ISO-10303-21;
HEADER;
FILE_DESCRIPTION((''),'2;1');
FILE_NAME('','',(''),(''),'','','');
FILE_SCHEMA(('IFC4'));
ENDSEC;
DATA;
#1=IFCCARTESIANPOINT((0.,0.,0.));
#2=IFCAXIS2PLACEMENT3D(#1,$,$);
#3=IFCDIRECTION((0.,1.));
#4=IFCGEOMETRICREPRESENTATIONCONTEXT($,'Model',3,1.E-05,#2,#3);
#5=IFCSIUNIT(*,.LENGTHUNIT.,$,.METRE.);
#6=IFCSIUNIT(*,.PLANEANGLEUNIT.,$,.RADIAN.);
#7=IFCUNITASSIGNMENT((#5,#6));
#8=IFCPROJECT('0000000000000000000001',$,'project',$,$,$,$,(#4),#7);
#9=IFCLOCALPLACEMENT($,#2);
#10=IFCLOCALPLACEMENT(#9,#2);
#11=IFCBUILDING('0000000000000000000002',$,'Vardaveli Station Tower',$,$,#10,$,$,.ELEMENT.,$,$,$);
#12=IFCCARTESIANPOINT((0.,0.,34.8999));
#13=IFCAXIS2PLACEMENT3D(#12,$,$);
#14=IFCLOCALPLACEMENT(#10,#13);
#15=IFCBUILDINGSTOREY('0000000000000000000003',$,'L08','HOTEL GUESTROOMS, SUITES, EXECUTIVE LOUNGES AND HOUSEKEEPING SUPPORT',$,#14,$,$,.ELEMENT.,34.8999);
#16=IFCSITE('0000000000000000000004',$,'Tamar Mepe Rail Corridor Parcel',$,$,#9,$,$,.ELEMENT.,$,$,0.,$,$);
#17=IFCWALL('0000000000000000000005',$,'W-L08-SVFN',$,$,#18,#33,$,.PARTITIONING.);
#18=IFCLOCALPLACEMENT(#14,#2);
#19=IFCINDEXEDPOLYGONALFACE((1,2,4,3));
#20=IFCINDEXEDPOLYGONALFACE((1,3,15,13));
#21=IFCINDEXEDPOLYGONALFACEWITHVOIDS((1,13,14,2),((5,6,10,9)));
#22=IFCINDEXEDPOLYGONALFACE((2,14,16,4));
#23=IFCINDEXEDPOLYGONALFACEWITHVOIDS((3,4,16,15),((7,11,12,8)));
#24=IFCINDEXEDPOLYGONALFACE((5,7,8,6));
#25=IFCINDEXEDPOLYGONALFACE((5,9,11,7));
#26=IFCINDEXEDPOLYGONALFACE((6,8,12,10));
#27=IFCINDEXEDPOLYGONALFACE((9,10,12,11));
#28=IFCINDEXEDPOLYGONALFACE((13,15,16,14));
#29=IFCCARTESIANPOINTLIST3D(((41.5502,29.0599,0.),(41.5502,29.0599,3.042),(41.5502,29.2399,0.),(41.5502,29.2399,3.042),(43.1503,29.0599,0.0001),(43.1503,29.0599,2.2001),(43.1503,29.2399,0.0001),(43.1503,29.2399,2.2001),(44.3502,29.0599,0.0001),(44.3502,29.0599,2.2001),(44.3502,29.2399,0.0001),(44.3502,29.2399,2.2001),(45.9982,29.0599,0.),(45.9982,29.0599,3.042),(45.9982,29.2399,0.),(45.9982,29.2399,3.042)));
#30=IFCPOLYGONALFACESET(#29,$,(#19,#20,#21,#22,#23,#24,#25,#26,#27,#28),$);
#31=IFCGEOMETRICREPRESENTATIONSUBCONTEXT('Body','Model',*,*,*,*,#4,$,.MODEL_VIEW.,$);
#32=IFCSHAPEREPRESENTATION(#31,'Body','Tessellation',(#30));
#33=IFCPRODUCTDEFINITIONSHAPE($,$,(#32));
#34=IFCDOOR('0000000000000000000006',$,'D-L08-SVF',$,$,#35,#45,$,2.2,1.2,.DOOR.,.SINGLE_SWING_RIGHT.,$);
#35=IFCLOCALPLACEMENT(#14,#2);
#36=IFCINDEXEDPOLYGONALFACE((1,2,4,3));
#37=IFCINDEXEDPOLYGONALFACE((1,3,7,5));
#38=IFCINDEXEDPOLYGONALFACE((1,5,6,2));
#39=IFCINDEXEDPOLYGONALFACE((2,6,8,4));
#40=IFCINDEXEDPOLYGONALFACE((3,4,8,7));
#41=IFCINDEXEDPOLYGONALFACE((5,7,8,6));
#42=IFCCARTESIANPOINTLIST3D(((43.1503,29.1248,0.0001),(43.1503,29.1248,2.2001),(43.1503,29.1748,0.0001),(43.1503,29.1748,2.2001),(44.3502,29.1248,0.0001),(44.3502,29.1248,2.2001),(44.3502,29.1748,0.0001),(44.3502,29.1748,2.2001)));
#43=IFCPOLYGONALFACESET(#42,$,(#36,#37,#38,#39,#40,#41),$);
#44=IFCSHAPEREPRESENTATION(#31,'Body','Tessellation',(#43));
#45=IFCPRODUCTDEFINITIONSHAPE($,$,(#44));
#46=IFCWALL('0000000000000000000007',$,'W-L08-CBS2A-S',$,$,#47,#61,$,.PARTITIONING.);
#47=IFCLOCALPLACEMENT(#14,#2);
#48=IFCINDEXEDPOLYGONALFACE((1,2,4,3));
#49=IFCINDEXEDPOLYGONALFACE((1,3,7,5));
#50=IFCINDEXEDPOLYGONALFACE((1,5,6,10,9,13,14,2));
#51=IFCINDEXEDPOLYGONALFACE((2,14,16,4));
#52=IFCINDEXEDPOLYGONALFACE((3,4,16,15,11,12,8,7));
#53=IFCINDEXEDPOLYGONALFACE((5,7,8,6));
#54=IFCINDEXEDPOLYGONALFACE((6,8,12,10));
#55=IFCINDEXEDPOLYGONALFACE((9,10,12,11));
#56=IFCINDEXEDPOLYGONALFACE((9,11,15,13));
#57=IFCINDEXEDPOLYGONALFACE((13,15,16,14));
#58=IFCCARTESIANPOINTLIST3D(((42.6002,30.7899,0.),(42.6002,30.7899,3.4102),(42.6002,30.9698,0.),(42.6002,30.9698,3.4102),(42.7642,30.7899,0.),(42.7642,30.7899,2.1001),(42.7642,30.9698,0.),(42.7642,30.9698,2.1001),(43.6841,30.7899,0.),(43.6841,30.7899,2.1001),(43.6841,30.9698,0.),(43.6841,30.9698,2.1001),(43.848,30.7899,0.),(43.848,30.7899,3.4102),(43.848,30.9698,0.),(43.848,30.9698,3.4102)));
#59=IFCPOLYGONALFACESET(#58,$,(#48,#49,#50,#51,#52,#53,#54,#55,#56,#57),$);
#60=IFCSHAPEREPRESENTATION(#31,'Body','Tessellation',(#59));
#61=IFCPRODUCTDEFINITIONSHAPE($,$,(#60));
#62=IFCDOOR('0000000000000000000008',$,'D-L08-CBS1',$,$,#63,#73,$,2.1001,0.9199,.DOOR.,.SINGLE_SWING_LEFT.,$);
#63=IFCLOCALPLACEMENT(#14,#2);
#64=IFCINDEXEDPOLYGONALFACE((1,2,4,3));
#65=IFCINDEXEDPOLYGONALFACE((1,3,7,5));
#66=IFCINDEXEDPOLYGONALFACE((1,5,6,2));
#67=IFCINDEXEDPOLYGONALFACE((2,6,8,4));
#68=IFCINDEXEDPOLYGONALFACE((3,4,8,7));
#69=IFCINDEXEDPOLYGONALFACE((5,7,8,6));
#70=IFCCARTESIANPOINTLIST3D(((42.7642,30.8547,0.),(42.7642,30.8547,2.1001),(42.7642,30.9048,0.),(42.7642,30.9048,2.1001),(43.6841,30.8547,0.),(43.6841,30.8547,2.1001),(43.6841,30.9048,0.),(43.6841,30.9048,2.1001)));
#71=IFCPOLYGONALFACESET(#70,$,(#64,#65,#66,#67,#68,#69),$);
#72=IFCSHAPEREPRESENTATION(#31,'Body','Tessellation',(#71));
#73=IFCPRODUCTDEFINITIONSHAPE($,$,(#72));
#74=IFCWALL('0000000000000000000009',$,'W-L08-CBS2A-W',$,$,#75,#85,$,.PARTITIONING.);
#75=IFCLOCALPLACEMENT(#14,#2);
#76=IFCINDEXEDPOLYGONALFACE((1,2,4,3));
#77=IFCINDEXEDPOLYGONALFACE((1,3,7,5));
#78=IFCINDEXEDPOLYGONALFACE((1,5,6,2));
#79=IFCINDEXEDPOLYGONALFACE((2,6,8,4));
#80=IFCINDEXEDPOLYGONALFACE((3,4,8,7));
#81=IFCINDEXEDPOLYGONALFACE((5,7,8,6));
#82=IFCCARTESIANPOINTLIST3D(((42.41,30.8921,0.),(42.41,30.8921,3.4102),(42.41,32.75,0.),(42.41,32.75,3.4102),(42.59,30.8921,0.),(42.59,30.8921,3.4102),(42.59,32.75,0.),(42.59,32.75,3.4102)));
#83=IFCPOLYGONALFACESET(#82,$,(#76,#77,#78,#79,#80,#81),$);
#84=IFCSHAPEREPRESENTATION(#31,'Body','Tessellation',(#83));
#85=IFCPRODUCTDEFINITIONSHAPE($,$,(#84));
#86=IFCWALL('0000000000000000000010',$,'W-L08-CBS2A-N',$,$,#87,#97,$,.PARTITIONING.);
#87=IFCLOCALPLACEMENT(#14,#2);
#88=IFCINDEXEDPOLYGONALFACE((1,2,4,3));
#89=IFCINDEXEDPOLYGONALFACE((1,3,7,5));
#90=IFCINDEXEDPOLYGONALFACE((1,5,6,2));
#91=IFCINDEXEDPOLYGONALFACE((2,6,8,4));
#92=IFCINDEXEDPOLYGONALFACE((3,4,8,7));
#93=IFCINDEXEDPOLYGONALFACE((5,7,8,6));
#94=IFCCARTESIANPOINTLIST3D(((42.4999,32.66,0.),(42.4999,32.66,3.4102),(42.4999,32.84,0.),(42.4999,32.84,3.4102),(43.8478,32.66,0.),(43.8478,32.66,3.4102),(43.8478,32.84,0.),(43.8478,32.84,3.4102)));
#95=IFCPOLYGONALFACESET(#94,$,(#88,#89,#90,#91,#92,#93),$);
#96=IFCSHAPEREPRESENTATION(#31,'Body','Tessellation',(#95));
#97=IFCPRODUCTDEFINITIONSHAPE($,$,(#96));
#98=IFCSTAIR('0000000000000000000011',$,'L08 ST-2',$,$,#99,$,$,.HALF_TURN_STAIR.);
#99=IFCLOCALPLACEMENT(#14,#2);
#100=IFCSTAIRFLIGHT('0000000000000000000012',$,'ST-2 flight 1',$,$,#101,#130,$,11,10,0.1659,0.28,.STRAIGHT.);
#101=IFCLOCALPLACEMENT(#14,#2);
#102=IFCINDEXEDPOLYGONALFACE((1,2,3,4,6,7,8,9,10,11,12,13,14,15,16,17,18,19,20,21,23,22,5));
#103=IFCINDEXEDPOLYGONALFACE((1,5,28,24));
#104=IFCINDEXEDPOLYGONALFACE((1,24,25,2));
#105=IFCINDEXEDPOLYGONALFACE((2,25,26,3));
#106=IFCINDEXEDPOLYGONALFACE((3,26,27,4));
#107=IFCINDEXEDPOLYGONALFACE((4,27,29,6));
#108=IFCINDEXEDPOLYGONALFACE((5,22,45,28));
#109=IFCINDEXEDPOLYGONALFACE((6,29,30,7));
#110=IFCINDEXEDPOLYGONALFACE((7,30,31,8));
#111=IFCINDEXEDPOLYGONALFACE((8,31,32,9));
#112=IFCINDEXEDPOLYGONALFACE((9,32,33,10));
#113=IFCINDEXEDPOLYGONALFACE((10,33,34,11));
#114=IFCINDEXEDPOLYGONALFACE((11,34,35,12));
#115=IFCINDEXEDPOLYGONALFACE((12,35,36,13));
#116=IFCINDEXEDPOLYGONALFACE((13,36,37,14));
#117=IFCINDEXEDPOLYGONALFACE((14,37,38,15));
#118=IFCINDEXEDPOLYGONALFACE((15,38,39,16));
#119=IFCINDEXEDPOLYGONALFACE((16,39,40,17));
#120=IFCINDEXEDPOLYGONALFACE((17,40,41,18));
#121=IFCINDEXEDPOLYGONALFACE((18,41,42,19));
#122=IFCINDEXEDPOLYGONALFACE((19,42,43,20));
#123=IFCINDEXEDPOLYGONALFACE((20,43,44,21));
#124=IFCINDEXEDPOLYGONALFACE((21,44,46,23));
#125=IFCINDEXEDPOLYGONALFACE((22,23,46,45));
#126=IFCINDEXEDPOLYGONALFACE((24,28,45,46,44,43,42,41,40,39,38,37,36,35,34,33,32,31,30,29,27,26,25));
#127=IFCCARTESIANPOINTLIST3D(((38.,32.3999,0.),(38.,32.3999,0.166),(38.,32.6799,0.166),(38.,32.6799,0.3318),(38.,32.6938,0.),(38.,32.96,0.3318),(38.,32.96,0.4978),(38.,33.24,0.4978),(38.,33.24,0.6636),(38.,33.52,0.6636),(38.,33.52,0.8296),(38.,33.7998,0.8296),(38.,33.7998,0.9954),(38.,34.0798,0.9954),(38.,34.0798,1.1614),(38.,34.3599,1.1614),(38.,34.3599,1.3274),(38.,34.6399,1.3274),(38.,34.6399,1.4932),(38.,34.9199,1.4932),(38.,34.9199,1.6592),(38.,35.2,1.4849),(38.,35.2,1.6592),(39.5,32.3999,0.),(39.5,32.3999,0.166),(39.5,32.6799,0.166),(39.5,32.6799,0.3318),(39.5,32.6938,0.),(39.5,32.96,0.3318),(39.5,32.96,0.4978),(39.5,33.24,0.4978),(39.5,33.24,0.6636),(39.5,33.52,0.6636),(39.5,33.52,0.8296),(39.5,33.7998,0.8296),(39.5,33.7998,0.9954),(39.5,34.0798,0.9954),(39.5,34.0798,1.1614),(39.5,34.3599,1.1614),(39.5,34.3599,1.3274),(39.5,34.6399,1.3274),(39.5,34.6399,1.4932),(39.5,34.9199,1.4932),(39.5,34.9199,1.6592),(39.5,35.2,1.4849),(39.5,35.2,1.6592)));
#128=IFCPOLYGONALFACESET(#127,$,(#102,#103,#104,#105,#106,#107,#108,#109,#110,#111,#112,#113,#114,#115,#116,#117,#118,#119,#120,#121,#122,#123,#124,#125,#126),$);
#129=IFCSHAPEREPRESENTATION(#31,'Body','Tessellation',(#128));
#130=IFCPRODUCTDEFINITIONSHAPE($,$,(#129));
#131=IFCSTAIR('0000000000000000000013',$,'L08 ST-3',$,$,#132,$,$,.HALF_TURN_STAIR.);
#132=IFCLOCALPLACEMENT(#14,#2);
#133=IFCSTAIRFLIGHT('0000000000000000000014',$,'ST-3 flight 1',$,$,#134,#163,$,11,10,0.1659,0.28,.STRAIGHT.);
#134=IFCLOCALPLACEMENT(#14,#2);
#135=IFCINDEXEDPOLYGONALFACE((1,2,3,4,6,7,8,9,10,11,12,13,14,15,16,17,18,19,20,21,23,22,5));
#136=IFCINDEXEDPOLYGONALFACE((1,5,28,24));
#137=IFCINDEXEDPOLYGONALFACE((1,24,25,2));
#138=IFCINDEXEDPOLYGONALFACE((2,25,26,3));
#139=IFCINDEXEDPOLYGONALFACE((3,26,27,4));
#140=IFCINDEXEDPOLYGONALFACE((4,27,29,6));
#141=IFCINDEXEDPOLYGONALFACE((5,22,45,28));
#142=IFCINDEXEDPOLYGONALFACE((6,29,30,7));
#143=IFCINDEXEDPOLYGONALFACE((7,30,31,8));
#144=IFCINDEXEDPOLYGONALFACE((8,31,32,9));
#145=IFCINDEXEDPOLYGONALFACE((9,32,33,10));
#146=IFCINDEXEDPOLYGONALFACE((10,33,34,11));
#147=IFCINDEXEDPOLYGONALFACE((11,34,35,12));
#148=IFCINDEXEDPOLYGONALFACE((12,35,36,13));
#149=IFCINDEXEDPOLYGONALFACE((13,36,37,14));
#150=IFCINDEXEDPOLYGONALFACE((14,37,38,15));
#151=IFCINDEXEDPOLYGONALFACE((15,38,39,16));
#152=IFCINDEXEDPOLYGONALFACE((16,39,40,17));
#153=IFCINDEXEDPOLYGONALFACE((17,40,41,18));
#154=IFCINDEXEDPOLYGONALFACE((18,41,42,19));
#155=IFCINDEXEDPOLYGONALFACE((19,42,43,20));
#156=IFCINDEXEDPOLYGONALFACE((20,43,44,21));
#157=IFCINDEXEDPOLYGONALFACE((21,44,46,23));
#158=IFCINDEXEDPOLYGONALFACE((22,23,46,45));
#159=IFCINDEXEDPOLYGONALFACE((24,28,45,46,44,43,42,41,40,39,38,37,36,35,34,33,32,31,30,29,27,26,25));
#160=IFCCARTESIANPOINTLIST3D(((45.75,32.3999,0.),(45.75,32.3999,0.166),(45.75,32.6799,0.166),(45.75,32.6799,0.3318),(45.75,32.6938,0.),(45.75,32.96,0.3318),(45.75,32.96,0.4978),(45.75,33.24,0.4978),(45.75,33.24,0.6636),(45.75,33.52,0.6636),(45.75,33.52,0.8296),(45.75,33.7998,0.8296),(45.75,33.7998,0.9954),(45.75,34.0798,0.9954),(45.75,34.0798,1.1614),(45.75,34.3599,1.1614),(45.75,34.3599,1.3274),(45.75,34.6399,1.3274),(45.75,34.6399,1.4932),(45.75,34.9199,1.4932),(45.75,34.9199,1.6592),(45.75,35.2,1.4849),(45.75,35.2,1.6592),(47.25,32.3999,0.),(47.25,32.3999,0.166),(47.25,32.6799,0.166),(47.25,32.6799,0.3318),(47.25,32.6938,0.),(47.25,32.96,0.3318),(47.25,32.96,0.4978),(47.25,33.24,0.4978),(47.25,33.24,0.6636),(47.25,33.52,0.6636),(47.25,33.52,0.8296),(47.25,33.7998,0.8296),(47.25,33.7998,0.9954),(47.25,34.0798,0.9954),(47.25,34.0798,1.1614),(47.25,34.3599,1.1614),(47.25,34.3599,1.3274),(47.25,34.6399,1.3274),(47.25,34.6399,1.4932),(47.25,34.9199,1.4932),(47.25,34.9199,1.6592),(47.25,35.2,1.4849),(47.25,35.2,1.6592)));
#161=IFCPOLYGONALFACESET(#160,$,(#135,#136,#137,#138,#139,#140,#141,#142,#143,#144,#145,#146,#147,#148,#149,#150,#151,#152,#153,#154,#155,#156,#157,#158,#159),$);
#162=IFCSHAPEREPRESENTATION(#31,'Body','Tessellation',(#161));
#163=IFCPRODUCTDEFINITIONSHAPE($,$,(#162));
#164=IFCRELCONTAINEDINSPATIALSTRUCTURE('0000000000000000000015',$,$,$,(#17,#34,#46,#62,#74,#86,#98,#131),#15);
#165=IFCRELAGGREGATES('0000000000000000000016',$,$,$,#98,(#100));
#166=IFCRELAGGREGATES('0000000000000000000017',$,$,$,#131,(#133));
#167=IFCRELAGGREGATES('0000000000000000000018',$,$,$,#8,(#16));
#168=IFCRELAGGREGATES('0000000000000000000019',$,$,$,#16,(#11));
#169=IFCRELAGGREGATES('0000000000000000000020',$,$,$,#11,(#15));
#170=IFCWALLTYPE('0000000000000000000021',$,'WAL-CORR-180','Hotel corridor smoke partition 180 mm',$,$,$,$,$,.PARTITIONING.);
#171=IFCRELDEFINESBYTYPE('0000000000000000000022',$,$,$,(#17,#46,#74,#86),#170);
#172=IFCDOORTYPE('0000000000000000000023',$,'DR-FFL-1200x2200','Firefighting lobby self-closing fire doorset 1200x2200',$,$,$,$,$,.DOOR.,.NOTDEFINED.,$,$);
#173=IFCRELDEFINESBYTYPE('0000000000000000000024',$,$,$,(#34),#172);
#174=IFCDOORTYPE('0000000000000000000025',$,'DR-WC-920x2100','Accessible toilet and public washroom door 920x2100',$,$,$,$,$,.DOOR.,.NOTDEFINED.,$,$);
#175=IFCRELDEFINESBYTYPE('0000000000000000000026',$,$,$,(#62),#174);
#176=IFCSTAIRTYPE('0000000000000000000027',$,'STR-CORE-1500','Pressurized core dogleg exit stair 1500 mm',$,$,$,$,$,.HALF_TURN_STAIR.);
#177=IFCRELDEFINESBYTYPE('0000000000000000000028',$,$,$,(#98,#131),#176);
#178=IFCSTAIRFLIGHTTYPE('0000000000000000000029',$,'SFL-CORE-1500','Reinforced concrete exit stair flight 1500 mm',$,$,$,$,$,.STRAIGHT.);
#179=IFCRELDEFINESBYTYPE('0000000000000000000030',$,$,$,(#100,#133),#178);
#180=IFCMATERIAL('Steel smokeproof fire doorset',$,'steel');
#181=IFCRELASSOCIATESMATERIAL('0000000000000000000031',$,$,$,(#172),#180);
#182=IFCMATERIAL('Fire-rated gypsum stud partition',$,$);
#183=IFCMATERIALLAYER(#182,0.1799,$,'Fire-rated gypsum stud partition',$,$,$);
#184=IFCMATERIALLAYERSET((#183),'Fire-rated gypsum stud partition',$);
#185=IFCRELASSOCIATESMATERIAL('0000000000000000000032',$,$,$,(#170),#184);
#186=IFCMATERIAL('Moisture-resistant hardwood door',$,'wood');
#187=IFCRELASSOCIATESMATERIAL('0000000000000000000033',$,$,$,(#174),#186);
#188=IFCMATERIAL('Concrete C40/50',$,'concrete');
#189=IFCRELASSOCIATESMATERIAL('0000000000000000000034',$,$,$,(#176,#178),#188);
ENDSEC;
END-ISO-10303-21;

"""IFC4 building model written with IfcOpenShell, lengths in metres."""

from ifc_helpers import new_model, si_unit, direction, frame, frame_2d, origin, place, context, subcontext, project, spatial, polyline, rectangle, outline, extrude, source, transform, mapped, material, layer, layer_set, type_object, element, fill, aggregate, save


model = new_model("IFC4")

# Units and contexts
model_context = context("Model", 3, precision=1e-05, world=origin(), true_north=direction((0.0, 1.0)))
body_context = subcontext(model_context, "Body", "Model", "MODEL_VIEW")
ifc_project = project(units=[si_unit("LENGTHUNIT", "METRE"), si_unit("PLANEANGLEUNIT", "RADIAN")], contexts=[model_context])

# Site, building, storey
site_placement = place(None, origin())
site = spatial("IfcSite", under=ifc_project, at=site_placement, Name="Tamar Mepe Rail Corridor Parcel", CompositionType="ELEMENT", RefElevation=0.0)
building_placement = place(site_placement, origin())
building = spatial("IfcBuilding", under=site, at=building_placement, Name="Vardaveli Station Tower", CompositionType="ELEMENT")
storey_placement = place(building_placement, frame((0.0, 0.0, 34.8999)))
storey = spatial("IfcBuildingStorey", under=building, at=storey_placement, Name="L08", Description="HOTEL GUESTROOMS, SUITES, EXECUTIVE LOUNGES AND HOUSEKEEPING SUPPORT", CompositionType="ELEMENT", Elevation=34.8999)

# Shared definitions
ifc_material_1 = material(Name="Concrete C40/50", Category="concrete")

# Walls, openings, doors
ifc_material_2 = material(Name="Steel smokeproof fire doorset", Category="steel")
door_type_1 = type_object("IfcDoorType", Name="DR-FFL-1200x2200", Description="Firefighting lobby self-closing fire doorset 1200x2200", OperationType="NOTDEFINED", PredefinedType="DOOR", material=ifc_material_2)
shared_shape_1 = source(origin(), body_context, "Body", "SweptSolid", [
    extrude(rectangle(XDim=1.2, YDim=2.2, at=frame_2d((0.6001, 1.1001))), frame((0.0, 0.0249, 0.0), z_axis=(0.0, -1.0, 0.0), x_axis=(1.0, 0.0, 0.0)), (0.0, 0.0, 1.0), 0.05),
])
ifc_material_3 = material(Name="Fire-rated gypsum stud partition")
ifc_layer_1 = layer(ifc_material_3, 0.1799, Name="Fire-rated gypsum stud partition")
ifc_layer_set_1 = layer_set([ifc_layer_1], Name="Fire-rated gypsum stud partition")
wall_type_1 = type_object("IfcWallType", Name="WAL-CORR-180", Description="Hotel corridor smoke partition 180 mm", PredefinedType="PARTITIONING", material=ifc_layer_set_1)
shared_shape_2 = source(origin(), body_context, "Body", "SweptSolid", [
    extrude(rectangle(XDim=4.448, YDim=0.1799, at=frame_2d((2.2241, 0.0))), origin(), (0.0, 0.0, 1.0), 3.042),
])
wall_1_placement = place(storey_placement, frame((41.55, 29.1499, 0.0), z_axis=(0.0, 0.0, 1.0), x_axis=(1.0, 0.0, 0.0)))
wall_1 = element("IfcWall", 1, at=wall_1_placement, inside=storey, type_object=wall_type_1, Name="W-L08-SVFN", PredefinedType="PARTITIONING", context=body_context, shape_type="MappedRepresentation", body=[
    mapped(shared_shape_2, transform((0.0, 0.0, 0.0), scale=1.0)),
])
shared_shape_3 = source(origin(), body_context, "Body", "SweptSolid", [
    extrude(rectangle(XDim=1.2, YDim=2.2, at=frame_2d((0.6001, 1.1001))), frame((0.0, 0.1001, 0.0), z_axis=(0.0, -1.0, 0.0), x_axis=(1.0, 0.0, 0.0)), (0.0, 0.0, 1.0), 0.2),
])
opening_1_placement = place(wall_1_placement, frame((1.6001, 0.0, 0.0)))
opening_1 = element("IfcOpeningElement", 2, at=opening_1_placement, cuts=wall_1, PredefinedType="OPENING", context=body_context, shape_type="MappedRepresentation", body=[
    mapped(shared_shape_3, transform((0.0, 0.0, 0.0), scale=1.0)),
])
door_1_placement = place(opening_1_placement, origin())
door_1 = element("IfcDoor", 3, at=door_1_placement, inside=storey, type_object=door_type_1, Name="D-L08-SVF", OperationType="SINGLE_SWING_RIGHT", OverallHeight=2.2, OverallWidth=1.2, PredefinedType="DOOR", context=body_context, shape_type="MappedRepresentation", body=[
    mapped(shared_shape_1, transform((0.0, 0.0, 0.0), scale=1.0)),
])
fill(opening_1, door_1)
shared_shape_4 = source(origin(), body_context, "Body", "SweptSolid", [
    extrude(rectangle(XDim=1.2478, YDim=0.1799, at=frame_2d((0.624, 0.0))), origin(), (0.0, 0.0, 1.0), 3.4102),
])
wall_2_placement = place(storey_placement, frame((42.6001, 30.8799, 0.0), z_axis=(0.0, 0.0, 1.0), x_axis=(1.0, 0.0, 0.0)))
wall_2 = element("IfcWall", 4, at=wall_2_placement, inside=storey, type_object=wall_type_1, Name="W-L08-CBS2A-S", PredefinedType="PARTITIONING", context=body_context, shape_type="MappedRepresentation", body=[
    mapped(shared_shape_4, transform((0.0, 0.0, 0.0), scale=1.0)),
])
shared_shape_5 = source(origin(), body_context, "Body", "SweptSolid", [
    extrude(rectangle(XDim=0.9199, YDim=2.1001, at=frame_2d((0.46, 1.05))), frame((0.0, 0.1001, 0.0), z_axis=(0.0, -1.0, 0.0), x_axis=(1.0, 0.0, 0.0)), (0.0, 0.0, 1.0), 0.2),
])
opening_2_placement = place(wall_2_placement, frame((0.1641, 0.0, 0.0)))
opening_2 = element("IfcOpeningElement", 5, at=opening_2_placement, cuts=wall_2, PredefinedType="OPENING", context=body_context, shape_type="MappedRepresentation", body=[
    mapped(shared_shape_5, transform((0.0, 0.0, 0.0), scale=1.0)),
])
ifc_material_4 = material(Name="Moisture-resistant hardwood door", Category="wood")
door_type_2 = type_object("IfcDoorType", Name="DR-WC-920x2100", Description="Accessible toilet and public washroom door 920x2100", OperationType="NOTDEFINED", PredefinedType="DOOR", material=ifc_material_4)
shared_shape_6 = source(origin(), body_context, "Body", "SweptSolid", [
    extrude(rectangle(XDim=0.9199, YDim=2.1001, at=frame_2d((0.46, 1.05))), frame((0.0, 0.0249, 0.0), z_axis=(0.0, -1.0, 0.0), x_axis=(1.0, 0.0, 0.0)), (0.0, 0.0, 1.0), 0.05),
])
door_2_placement = place(opening_2_placement, origin())
door_2 = element("IfcDoor", 6, at=door_2_placement, inside=storey, type_object=door_type_2, Name="D-L08-CBS1", OperationType="SINGLE_SWING_LEFT", OverallHeight=2.1001, OverallWidth=0.9199, PredefinedType="DOOR", context=body_context, shape_type="MappedRepresentation", body=[
    mapped(shared_shape_6, transform((0.0, 0.0, 0.0), scale=1.0)),
])
fill(opening_2, door_2)

# Walls
shared_shape_7 = source(origin(), body_context, "Body", "SweptSolid", [
    extrude(rectangle(XDim=1.8579, YDim=0.1799, at=frame_2d((0.929, 0.0))), origin(), (0.0, 0.0, 1.0), 3.4102),
])
wall_3_placement = place(storey_placement, frame((42.5, 30.8921, 0.0), z_axis=(0.0, 0.0, 1.0), x_axis=(0.0, 1.0, 0.0)))
element("IfcWall", 7, at=wall_3_placement, inside=storey, type_object=wall_type_1, Name="W-L08-CBS2A-W", PredefinedType="PARTITIONING", context=body_context, shape_type="MappedRepresentation", body=[
    mapped(shared_shape_7, transform((0.0, 0.0, 0.0), scale=1.0)),
])
shared_shape_8 = source(origin(), body_context, "Body", "SweptSolid", [
    extrude(rectangle(XDim=1.3479, YDim=0.1799, at=frame_2d((0.6738, 0.0))), origin(), (0.0, 0.0, 1.0), 3.4102),
])
wall_4_placement = place(storey_placement, frame((42.5, 32.75, 0.0), z_axis=(0.0, 0.0, 1.0), x_axis=(1.0, 0.0, 0.0)))
element("IfcWall", 8, at=wall_4_placement, inside=storey, type_object=wall_type_1, Name="W-L08-CBS2A-N", PredefinedType="PARTITIONING", context=body_context, shape_type="MappedRepresentation", body=[
    mapped(shared_shape_8, transform((0.0, 0.0, 0.0), scale=1.0)),
])

# Stairs, stair flights
stair_type = type_object("IfcStairType", Name="STR-CORE-1500", Description="Pressurized core dogleg exit stair 1500 mm", PredefinedType="HALF_TURN_STAIR", material=ifc_material_1)
stair_1_placement = place(storey_placement, origin())
stair_1 = element("IfcStair", 9, at=stair_1_placement, inside=storey, type_object=stair_type, Name="L08 ST-2", PredefinedType="HALF_TURN_STAIR")
stair_flight_type = type_object("IfcStairFlightType", Name="SFL-CORE-1500", Description="Reinforced concrete exit stair flight 1500 mm", PredefinedType="STRAIGHT", material=ifc_material_1)
shared_shape_9 = source(origin(), body_context, "Body", "SweptSolid", [
    extrude(outline(polyline([(0.0, 0.0), (0.0, 0.166), (0.28, 0.166), (0.28, 0.3318), (0.5601, 0.3318), (0.5601, 0.4978), (0.8401, 0.4978), (0.8401, 0.6636), (1.1201, 0.6636), (1.1201, 0.8296), (1.3999, 0.8296), (1.3999, 0.9954), (1.6799, 0.9954), (1.6799, 1.1614), (1.96, 1.1614), (1.96, 1.3274), (2.24, 1.3274), (2.24, 1.4932), (2.52, 1.4932), (2.52, 1.6592), (2.8, 1.6592), (2.8, 1.825), (2.8, 1.4849), (0.2939, 0.0), (0.0, 0.0)])), frame((0.0, 0.75, 0.0), z_axis=(0.0, -1.0, 0.0), x_axis=(1.0, 0.0, 0.0)), (0.0, 0.0, 1.0), 1.5),
])
stair_flight_1_placement = place(storey_placement, frame((38.75, 32.3999, 0.0), z_axis=(0.0, 0.0, 1.0), x_axis=(0.0, 1.0, 0.0)))
stair_flight_1 = element("IfcStairFlight", 10, at=stair_flight_1_placement, type_object=stair_flight_type, Name="ST-2 flight 1", NumberOfRisers=11, NumberOfTreads=10, PredefinedType="STRAIGHT", RiserHeight=0.1659, TreadLength=0.28, context=body_context, shape_type="MappedRepresentation", body=[
    mapped(shared_shape_9, transform((0.0, 0.0, 0.0), scale=1.0)),
])
aggregate(stair_1, [stair_flight_1])
stair_2_placement = place(storey_placement, origin())
stair_2 = element("IfcStair", 11, at=stair_2_placement, inside=storey, type_object=stair_type, Name="L08 ST-3", PredefinedType="HALF_TURN_STAIR")
stair_flight_2_placement = place(storey_placement, frame((46.5, 32.3999, 0.0), z_axis=(0.0, 0.0, 1.0), x_axis=(0.0, 1.0, 0.0)))
stair_flight_2 = element("IfcStairFlight", 12, at=stair_flight_2_placement, type_object=stair_flight_type, Name="ST-3 flight 1", NumberOfRisers=11, NumberOfTreads=10, PredefinedType="STRAIGHT", RiserHeight=0.1659, TreadLength=0.28, context=body_context, shape_type="MappedRepresentation", body=[
    mapped(shared_shape_9, transform((0.0, 0.0, 0.0), scale=1.0)),
])
aggregate(stair_2, [stair_flight_2])

save(model, "model.ifc")
